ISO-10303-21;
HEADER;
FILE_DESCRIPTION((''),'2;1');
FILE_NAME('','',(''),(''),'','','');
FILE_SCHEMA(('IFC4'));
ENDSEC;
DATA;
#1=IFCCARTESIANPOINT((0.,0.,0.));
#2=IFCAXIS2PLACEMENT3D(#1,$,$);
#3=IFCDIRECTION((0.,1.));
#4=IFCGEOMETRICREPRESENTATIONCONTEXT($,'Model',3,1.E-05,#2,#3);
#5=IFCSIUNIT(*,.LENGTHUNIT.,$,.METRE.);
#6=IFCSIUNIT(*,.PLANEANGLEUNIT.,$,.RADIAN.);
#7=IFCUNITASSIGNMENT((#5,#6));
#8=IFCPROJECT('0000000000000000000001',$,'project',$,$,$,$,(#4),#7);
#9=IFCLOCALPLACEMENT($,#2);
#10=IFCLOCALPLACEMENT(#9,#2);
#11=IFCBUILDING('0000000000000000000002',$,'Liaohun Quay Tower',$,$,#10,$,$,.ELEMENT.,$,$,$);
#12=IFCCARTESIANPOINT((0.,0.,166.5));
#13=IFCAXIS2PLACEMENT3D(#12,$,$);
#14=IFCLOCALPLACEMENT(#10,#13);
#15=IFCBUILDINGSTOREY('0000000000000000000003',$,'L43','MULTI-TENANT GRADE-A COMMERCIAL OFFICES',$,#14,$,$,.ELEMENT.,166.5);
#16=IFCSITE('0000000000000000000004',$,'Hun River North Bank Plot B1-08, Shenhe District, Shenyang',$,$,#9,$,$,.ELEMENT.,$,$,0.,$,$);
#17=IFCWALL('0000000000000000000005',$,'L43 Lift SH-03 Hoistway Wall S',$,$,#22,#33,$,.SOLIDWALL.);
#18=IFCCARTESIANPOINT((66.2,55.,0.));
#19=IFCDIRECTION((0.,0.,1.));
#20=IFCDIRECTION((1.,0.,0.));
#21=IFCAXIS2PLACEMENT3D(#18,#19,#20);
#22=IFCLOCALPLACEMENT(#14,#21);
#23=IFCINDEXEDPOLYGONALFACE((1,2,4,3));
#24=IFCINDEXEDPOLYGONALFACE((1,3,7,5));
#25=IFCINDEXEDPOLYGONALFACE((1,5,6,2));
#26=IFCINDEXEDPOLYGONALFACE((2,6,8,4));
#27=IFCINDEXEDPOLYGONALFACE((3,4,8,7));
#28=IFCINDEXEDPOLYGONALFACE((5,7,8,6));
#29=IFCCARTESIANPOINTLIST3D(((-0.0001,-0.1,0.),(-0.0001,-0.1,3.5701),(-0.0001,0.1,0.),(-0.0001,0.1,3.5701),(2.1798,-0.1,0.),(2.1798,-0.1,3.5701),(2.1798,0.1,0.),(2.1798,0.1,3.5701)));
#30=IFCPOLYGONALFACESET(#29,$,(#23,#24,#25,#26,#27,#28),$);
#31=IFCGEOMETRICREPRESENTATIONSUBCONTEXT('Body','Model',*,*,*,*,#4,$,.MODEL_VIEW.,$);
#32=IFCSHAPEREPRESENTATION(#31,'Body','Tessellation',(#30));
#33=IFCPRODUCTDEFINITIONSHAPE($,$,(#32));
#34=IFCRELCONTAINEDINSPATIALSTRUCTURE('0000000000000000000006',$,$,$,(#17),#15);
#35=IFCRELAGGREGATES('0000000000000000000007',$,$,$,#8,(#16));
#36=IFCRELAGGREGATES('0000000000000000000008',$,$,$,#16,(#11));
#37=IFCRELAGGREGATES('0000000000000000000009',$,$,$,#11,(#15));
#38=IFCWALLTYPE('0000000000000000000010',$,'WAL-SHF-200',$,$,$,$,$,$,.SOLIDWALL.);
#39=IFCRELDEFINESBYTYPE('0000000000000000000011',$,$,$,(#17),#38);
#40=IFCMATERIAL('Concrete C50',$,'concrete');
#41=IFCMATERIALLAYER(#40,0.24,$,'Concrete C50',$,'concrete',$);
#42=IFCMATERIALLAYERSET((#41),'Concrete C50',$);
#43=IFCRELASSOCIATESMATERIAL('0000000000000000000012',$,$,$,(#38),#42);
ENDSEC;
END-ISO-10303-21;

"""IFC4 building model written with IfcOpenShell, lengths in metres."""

from ifc_helpers import new_model, si_unit, direction, frame, frame_2d, origin, place, context, subcontext, project, spatial, rectangle, extrude, material, layer, layer_set, type_object, element, save


model = new_model("IFC4")

# Units and contexts
model_context = context("Model", 3, precision=1e-05, world=origin(), true_north=direction((0.0, 1.0)))
body_context = subcontext(model_context, "Body", "Model", "MODEL_VIEW")
ifc_project = project(units=[si_unit("LENGTHUNIT", "METRE"), si_unit("PLANEANGLEUNIT", "RADIAN")], contexts=[model_context])

# Site, building, storey
site_placement = place(None, origin())
site = spatial("IfcSite", under=ifc_project, at=site_placement, Name="Hun River North Bank Plot B1-08, Shenhe District, Shenyang", CompositionType="ELEMENT", RefElevation=0.0)
building_placement = place(site_placement, origin())
building = spatial("IfcBuilding", under=site, at=building_placement, Name="Liaohun Quay Tower", CompositionType="ELEMENT")
storey_placement = place(building_placement, frame((0.0, 0.0, 166.5)))
storey = spatial("IfcBuildingStorey", under=building, at=storey_placement, Name="L43", Description="MULTI-TENANT GRADE-A COMMERCIAL OFFICES", CompositionType="ELEMENT", Elevation=166.5)

# Shared definitions
ifc_material_1 = material(Name="Concrete C50", Category="concrete")
ifc_layer_1 = layer(ifc_material_1, 0.24, Name="Concrete C50", Category="concrete")
ifc_layer_set_1 = layer_set([ifc_layer_1], Name="Concrete C50")
wall_type_1 = type_object("IfcWallType", Name="WAL-SHF-200", PredefinedType="SOLIDWALL", material=ifc_layer_set_1)

# Wall
wall_1_placement = place(storey_placement, frame((66.2, 55.0, 0.0), z_axis=(0.0, 0.0, 1.0), x_axis=(1.0, 0.0, 0.0)))
element("IfcWall", 1, at=wall_1_placement, inside=storey, type_object=wall_type_1, Name="L43 Lift SH-03 Hoistway Wall S", PredefinedType="SOLIDWALL", context=body_context, shape_type="SweptSolid", body=[
    extrude(rectangle(XDim=2.1799, YDim=0.2, at=frame_2d((1.0898, 0.0))), origin(), (0.0, 0.0, 1.0), 3.5701),
])

save(model, "model.ifc")
